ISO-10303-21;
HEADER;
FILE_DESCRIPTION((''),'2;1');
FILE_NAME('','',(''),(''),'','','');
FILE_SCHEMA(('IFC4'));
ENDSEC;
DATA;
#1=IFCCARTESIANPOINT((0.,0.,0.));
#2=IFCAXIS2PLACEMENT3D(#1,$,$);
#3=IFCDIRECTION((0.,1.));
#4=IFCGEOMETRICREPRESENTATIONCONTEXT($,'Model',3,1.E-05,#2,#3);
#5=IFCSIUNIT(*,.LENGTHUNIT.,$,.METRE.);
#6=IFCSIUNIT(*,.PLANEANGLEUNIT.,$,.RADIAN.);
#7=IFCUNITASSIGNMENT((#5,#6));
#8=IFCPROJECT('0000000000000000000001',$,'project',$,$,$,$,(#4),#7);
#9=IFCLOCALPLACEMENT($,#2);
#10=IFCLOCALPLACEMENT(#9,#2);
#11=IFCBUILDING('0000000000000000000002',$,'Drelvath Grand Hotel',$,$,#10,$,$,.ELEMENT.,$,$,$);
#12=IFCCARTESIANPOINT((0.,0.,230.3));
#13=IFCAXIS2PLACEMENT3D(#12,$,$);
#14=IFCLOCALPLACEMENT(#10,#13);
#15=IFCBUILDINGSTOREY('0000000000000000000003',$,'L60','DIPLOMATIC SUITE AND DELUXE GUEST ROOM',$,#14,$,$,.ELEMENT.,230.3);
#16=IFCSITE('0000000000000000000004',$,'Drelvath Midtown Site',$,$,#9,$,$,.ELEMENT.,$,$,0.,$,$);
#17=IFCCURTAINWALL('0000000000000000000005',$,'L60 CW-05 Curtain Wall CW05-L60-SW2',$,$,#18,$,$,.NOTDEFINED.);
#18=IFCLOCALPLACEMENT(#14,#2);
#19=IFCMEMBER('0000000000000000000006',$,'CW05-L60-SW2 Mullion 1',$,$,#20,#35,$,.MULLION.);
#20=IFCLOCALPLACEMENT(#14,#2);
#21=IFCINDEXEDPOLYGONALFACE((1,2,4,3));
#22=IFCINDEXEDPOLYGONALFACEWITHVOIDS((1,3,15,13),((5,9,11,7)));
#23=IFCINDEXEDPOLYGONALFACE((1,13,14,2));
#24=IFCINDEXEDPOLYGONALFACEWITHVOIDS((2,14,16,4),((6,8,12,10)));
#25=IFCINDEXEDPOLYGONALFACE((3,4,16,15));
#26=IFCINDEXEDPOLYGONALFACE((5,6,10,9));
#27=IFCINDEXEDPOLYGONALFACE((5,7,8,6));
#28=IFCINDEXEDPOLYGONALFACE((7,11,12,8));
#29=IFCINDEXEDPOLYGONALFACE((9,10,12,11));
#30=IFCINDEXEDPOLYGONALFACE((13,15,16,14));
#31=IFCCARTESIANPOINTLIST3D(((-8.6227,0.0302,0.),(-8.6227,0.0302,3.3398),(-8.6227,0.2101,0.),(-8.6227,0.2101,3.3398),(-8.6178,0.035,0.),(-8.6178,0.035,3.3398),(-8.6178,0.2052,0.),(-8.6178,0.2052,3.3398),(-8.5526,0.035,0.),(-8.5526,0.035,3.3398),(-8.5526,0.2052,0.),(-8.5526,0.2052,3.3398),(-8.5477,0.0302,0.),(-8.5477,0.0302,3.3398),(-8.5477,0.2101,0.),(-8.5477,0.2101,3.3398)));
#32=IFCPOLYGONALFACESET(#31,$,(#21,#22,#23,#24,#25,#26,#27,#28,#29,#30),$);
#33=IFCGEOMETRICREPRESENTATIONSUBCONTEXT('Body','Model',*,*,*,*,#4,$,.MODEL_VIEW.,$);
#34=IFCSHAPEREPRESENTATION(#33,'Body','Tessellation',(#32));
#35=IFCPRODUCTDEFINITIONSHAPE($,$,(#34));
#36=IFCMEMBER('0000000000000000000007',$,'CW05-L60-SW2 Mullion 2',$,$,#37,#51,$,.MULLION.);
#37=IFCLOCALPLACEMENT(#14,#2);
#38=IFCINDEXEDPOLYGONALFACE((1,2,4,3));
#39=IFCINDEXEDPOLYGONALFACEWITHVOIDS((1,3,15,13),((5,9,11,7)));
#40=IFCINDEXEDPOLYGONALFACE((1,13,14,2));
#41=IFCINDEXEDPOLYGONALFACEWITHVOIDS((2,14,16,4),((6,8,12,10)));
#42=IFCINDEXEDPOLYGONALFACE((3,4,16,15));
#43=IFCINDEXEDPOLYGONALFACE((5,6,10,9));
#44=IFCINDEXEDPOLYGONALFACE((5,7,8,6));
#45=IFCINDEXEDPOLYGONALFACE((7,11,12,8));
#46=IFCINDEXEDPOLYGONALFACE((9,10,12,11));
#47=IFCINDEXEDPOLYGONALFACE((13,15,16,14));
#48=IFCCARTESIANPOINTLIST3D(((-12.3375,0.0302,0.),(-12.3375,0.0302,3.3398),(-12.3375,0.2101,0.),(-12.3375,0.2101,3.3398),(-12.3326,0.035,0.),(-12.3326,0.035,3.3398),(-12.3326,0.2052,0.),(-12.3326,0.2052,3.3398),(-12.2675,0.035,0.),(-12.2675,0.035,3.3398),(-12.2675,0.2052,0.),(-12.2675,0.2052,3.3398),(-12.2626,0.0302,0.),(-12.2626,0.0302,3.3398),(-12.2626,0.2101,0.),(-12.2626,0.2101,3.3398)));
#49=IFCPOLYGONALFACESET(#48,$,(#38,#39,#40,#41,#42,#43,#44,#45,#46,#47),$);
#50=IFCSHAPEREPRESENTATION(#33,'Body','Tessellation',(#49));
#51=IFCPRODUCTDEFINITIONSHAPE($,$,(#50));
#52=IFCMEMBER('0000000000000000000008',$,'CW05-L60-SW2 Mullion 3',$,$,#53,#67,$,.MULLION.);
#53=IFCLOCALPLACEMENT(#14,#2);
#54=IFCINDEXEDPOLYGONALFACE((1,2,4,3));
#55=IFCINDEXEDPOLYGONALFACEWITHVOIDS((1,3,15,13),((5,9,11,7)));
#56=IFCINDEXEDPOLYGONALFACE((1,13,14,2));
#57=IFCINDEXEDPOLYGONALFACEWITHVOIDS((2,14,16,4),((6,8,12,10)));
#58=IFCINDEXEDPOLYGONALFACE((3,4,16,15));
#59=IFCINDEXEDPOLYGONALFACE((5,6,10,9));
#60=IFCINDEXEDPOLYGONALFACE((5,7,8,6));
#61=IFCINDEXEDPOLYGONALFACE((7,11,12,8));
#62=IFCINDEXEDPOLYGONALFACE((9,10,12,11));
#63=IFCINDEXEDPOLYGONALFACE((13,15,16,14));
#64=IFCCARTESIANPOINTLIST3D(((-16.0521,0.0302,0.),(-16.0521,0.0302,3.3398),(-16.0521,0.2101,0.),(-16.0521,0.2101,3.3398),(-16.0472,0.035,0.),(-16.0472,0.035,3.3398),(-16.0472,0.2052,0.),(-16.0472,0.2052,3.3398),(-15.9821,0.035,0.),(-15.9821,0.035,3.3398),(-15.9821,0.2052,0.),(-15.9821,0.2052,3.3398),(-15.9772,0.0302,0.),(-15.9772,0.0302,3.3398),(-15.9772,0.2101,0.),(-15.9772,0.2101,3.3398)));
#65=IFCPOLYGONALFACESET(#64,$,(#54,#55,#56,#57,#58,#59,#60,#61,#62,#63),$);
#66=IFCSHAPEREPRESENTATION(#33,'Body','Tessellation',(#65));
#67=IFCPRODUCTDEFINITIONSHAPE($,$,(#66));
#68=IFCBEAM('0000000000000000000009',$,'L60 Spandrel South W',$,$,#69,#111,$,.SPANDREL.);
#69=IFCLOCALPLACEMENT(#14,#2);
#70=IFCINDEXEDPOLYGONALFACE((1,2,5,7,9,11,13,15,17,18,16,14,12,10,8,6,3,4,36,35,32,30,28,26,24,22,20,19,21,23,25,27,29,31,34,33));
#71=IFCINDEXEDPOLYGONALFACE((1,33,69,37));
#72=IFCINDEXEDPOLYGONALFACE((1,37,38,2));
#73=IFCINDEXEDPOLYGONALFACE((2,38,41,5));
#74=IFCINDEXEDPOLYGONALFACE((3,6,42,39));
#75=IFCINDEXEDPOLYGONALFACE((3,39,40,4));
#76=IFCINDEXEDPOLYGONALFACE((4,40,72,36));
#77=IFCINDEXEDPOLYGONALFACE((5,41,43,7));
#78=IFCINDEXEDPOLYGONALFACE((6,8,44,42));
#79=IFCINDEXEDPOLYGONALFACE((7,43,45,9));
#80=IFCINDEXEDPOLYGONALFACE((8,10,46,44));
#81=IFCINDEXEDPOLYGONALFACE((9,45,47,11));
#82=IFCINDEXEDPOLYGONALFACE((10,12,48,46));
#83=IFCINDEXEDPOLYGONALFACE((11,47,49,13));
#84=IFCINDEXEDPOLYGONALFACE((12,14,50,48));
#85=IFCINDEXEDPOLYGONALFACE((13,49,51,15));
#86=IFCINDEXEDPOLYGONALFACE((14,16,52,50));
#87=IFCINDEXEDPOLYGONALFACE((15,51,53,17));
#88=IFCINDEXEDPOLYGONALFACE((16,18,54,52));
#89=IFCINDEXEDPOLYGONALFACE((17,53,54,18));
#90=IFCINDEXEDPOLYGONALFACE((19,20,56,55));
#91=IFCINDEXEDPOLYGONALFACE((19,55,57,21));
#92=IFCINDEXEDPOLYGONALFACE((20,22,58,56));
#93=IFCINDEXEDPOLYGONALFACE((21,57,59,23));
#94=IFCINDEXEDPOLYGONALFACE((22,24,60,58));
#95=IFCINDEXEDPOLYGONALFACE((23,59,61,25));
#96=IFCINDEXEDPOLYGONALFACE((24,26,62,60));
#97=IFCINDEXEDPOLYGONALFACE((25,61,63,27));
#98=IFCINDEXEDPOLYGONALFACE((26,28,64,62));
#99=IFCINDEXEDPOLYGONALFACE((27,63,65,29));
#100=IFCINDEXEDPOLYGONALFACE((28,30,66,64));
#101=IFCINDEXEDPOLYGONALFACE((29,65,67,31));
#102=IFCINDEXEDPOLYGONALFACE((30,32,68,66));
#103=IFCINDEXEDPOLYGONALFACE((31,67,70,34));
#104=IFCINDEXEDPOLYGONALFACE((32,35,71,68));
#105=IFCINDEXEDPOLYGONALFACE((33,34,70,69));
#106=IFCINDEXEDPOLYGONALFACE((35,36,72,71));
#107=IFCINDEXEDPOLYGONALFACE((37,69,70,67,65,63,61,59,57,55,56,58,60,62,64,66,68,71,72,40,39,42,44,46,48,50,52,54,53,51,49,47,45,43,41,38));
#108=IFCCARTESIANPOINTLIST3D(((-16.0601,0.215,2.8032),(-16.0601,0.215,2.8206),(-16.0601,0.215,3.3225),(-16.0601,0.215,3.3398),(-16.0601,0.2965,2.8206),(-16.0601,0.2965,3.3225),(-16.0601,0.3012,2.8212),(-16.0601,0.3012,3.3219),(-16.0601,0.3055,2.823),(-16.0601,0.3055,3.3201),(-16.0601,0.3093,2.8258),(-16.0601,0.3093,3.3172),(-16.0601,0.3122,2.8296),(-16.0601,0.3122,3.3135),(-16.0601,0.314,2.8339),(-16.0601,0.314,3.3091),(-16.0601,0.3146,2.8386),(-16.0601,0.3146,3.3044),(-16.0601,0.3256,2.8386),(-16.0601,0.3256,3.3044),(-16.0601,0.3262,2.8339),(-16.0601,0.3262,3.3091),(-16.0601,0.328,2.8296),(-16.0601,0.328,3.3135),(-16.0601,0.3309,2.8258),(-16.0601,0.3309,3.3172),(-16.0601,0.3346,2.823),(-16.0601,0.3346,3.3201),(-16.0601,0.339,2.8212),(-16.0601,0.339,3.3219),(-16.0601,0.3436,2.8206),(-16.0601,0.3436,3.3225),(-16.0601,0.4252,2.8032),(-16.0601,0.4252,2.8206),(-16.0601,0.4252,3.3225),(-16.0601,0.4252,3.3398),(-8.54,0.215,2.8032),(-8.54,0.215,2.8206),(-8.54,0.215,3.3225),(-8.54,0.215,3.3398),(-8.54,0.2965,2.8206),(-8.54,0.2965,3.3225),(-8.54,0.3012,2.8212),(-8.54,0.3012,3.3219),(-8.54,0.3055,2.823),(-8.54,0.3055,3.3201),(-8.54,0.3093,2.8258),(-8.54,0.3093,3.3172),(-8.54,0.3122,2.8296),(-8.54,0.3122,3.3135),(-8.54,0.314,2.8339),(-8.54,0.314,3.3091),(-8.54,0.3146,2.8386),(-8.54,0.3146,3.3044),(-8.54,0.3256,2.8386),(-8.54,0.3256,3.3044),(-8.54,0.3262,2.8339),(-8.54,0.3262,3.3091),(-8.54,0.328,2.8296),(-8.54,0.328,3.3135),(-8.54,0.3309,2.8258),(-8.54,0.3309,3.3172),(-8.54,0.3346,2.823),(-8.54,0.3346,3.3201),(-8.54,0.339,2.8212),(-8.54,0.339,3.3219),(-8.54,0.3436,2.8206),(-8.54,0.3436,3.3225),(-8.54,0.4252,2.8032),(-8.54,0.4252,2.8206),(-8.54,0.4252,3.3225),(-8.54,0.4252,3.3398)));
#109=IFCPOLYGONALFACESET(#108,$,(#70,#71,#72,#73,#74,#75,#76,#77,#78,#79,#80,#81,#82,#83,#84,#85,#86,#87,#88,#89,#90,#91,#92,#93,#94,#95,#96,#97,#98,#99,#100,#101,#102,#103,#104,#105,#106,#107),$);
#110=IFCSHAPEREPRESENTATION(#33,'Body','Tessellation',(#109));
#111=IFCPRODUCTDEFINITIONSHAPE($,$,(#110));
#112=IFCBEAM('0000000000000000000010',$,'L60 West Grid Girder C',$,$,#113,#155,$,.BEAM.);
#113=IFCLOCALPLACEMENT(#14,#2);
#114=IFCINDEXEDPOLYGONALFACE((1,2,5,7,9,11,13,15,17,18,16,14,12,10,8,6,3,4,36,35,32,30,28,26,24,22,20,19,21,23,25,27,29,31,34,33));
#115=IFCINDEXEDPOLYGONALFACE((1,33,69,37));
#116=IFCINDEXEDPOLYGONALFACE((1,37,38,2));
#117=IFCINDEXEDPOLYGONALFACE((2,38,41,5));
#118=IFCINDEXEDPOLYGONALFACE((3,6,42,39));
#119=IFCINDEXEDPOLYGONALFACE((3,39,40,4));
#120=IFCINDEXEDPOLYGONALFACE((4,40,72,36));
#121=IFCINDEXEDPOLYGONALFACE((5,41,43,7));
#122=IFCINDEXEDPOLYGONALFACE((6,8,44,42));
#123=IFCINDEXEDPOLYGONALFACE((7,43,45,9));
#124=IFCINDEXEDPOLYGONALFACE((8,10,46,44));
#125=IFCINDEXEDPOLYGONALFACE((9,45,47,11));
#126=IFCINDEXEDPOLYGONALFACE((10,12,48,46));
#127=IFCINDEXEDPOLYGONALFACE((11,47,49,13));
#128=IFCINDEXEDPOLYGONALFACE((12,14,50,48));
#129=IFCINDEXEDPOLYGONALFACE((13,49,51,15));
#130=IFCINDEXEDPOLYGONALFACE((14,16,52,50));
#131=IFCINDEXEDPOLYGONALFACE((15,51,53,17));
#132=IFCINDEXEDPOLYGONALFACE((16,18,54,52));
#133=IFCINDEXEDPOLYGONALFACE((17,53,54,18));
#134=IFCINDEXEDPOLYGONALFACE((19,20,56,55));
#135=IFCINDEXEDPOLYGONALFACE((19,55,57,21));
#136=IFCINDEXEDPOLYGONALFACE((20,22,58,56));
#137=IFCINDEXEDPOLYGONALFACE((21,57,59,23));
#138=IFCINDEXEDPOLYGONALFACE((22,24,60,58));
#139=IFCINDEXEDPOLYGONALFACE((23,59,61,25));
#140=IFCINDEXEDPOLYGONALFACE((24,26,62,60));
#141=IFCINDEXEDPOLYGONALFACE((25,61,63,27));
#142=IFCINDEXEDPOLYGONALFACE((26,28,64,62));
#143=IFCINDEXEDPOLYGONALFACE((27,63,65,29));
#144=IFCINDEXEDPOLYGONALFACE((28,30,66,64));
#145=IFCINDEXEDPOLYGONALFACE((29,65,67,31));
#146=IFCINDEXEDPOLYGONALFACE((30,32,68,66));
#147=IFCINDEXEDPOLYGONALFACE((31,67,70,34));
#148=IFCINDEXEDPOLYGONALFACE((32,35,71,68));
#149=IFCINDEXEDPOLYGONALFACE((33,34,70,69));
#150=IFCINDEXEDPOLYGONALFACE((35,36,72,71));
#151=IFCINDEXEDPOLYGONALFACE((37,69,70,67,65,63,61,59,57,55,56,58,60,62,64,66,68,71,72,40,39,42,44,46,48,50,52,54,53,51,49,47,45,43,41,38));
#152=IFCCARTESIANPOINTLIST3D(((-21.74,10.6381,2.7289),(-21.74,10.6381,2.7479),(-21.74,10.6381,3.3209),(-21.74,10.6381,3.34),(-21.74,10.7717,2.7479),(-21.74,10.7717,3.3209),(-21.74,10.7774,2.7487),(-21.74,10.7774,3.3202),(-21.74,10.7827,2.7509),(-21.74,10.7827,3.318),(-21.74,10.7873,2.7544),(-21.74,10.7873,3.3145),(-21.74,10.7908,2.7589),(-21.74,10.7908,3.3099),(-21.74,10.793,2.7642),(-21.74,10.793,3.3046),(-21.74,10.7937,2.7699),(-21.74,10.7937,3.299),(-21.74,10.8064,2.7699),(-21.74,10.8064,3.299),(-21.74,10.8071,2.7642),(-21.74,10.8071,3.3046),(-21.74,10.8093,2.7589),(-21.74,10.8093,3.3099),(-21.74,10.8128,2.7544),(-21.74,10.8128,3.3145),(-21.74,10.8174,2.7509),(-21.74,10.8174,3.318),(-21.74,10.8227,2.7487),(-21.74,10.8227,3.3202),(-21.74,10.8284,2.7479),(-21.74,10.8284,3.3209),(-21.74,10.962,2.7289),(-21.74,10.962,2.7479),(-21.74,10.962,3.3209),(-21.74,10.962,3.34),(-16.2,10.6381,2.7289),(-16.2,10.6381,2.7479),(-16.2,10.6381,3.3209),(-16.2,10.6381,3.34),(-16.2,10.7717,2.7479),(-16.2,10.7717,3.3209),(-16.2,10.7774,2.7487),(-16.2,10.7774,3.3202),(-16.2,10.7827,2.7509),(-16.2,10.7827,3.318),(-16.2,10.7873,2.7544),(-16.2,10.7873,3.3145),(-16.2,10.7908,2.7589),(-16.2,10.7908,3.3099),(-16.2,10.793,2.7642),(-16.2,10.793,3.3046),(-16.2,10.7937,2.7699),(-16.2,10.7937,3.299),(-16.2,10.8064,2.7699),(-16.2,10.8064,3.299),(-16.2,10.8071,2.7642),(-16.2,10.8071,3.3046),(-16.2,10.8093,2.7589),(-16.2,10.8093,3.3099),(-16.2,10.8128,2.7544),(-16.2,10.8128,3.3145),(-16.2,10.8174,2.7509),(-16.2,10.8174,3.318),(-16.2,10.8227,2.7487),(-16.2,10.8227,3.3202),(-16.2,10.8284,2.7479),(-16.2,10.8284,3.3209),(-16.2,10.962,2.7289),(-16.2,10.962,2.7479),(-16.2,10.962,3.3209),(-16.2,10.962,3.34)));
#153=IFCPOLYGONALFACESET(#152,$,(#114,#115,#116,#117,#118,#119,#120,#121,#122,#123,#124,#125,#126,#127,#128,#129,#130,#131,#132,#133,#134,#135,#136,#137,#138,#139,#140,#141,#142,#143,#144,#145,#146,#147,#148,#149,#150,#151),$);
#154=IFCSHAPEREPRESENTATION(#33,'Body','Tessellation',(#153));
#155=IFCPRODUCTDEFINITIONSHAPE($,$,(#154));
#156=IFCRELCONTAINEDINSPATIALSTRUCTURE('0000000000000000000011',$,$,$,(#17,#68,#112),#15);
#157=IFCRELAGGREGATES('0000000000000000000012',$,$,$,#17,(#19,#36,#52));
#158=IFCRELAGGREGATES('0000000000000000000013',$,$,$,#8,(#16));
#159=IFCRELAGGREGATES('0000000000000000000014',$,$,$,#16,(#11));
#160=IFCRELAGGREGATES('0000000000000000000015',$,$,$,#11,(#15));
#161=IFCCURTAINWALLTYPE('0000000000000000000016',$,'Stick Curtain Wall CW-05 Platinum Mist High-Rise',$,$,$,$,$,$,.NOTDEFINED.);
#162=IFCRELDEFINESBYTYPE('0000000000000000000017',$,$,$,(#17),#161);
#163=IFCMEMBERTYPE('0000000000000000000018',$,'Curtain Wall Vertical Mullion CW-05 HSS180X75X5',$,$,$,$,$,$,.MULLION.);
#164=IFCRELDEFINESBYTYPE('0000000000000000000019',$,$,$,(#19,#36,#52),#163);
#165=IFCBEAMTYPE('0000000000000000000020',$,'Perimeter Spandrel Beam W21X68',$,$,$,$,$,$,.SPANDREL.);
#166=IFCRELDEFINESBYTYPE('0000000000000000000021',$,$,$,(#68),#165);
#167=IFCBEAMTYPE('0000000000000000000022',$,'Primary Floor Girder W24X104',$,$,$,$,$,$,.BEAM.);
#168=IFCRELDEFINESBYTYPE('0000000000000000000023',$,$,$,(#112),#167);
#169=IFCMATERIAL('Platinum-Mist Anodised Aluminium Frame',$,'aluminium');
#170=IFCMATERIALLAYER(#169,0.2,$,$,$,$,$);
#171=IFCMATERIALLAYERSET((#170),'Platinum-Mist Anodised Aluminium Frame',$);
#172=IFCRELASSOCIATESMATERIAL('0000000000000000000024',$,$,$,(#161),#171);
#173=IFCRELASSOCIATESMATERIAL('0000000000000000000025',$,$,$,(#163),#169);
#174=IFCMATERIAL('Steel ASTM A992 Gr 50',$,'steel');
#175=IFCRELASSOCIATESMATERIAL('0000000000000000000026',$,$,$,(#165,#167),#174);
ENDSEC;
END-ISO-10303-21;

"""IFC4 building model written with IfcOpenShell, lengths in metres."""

from ifc_helpers import new_model, si_unit, direction, frame, origin, origin_2d, place, context, subcontext, project, spatial, hollow_rectangle, i_section, extrude, material, layer, layer_set, material_profile, profile_set, type_object, element, aggregate, save


model = new_model("IFC4")

# Units and contexts
model_context = context("Model", 3, precision=1e-05, world=origin(), true_north=direction((0.0, 1.0)))
body_context = subcontext(model_context, "Body", "Model", "MODEL_VIEW")
ifc_project = project(units=[si_unit("LENGTHUNIT", "METRE"), si_unit("PLANEANGLEUNIT", "RADIAN")], contexts=[model_context])

# Site, building, storey
site_placement = place(None, origin())
site = spatial("IfcSite", under=ifc_project, at=site_placement, Name="Drelvath Midtown Site", CompositionType="ELEMENT", RefElevation=0.0)
building_placement = place(site_placement, origin())
building = spatial("IfcBuilding", under=site, at=building_placement, Name="Drelvath Grand Hotel", CompositionType="ELEMENT")
storey_placement = place(building_placement, frame((0.0, 0.0, 230.3)))
storey = spatial("IfcBuildingStorey", under=building, at=storey_placement, Name="L60", Description="DIPLOMATIC SUITE AND DELUXE GUEST ROOM", CompositionType="ELEMENT", Elevation=230.3)

# Curtain wall
ifc_material_1 = material(Name="Platinum-Mist Anodised Aluminium Frame", Category="aluminium")
ifc_layer_1 = layer(ifc_material_1, 0.2)
ifc_layer_set_1 = layer_set([ifc_layer_1], Name="Platinum-Mist Anodised Aluminium Frame")
curtain_wall_type = type_object("IfcCurtainWallType", Name="Stick Curtain Wall CW-05 Platinum Mist High-Rise", PredefinedType="NOTDEFINED", material=ifc_layer_set_1)
curtain_wall_1_placement = place(storey_placement, origin())
curtain_wall_1 = element("IfcCurtainWall", 1, at=curtain_wall_1_placement, inside=storey, type_object=curtain_wall_type, Name="L60 CW-05 Curtain Wall CW05-L60-SW2", PredefinedType="NOTDEFINED")

# Members
ifc_material_profile_1 = material_profile(ifc_material_1, hollow_rectangle(XDim=0.075, YDim=0.1799, WallThickness=0.0049, at=origin_2d()), Name="HSS180X75X5")
ifc_profile_set_1 = profile_set([ifc_material_profile_1], Name="Platinum-Mist Anodised Aluminium Frame")
member_type_1 = type_object("IfcMemberType", Name="Curtain Wall Vertical Mullion CW-05 HSS180X75X5", PredefinedType="MULLION", material=ifc_profile_set_1)
member_1_placement = place(storey_placement, frame((-8.5852, 0.1201, 0.0), z_axis=(0.0, 0.0, 1.0), x_axis=(1.0, 0.0, 0.0)))
member_1 = element("IfcMember", 2, at=member_1_placement, type_object=member_type_1, Name="CW05-L60-SW2 Mullion 1", PredefinedType="MULLION", context=body_context, shape_type="SweptSolid", body=[
    extrude(hollow_rectangle(XDim=0.075, YDim=0.1799, WallThickness=0.0049, at=origin_2d()), origin(), (0.0, 0.0, 1.0), 3.3398),
])
member_2_placement = place(storey_placement, frame((-12.3, 0.1201, 0.0), z_axis=(0.0, 0.0, 1.0), x_axis=(1.0, 0.0, 0.0)))
member_2 = element("IfcMember", 3, at=member_2_placement, type_object=member_type_1, Name="CW05-L60-SW2 Mullion 2", PredefinedType="MULLION", context=body_context, shape_type="SweptSolid", body=[
    extrude(hollow_rectangle(XDim=0.075, YDim=0.1799, WallThickness=0.0049, at=origin_2d()), origin(), (0.0, 0.0, 1.0), 3.3398),
])
member_3_placement = place(storey_placement, frame((-16.0146, 0.1201, 0.0), z_axis=(0.0, 0.0, 1.0), x_axis=(1.0, 0.0, 0.0)))
member_3 = element("IfcMember", 4, at=member_3_placement, type_object=member_type_1, Name="CW05-L60-SW2 Mullion 3", PredefinedType="MULLION", context=body_context, shape_type="SweptSolid", body=[
    extrude(hollow_rectangle(XDim=0.075, YDim=0.1799, WallThickness=0.0049, at=origin_2d()), origin(), (0.0, 0.0, 1.0), 3.3398),
])

# Beams
ifc_material_2 = material(Name="Steel ASTM A992 Gr 50", Category="steel")
ifc_material_profile_2 = material_profile(ifc_material_2, i_section(OverallWidth=0.2102, OverallDepth=0.5366, WebThickness=0.011, FlangeThickness=0.0173, FilletRadius=0.0181, at=origin_2d()), Name="W21X68")
ifc_profile_set_2 = profile_set([ifc_material_profile_2], Name="Steel ASTM A992 Gr 50")
beam_type_1 = type_object("IfcBeamType", Name="Perimeter Spandrel Beam W21X68", PredefinedType="SPANDREL", material=ifc_profile_set_2)
beam_1_placement = place(storey_placement, frame((-16.0601, 0.3201, 3.0715), z_axis=(1.0, 0.0, 0.0), x_axis=(0.0, 1.0, 0.0)))
element("IfcBeam", 5, at=beam_1_placement, inside=storey, type_object=beam_type_1, Name="L60 Spandrel South W", PredefinedType="SPANDREL", context=body_context, shape_type="SweptSolid", body=[
    extrude(i_section(OverallWidth=0.2102, OverallDepth=0.5366, WebThickness=0.011, FlangeThickness=0.0173, FilletRadius=0.0181, at=origin_2d()), origin(), (0.0, 0.0, 1.0), 7.52),
])
ifc_material_profile_3 = material_profile(ifc_material_2, i_section(OverallWidth=0.324, OverallDepth=0.6111, WebThickness=0.0127, FlangeThickness=0.019, FilletRadius=0.022, at=origin_2d()), Name="W24X104")
ifc_profile_set_3 = profile_set([ifc_material_profile_3], Name="Steel ASTM A992 Gr 50")
beam_type_2 = type_object("IfcBeamType", Name="Primary Floor Girder W24X104", PredefinedType="BEAM", material=ifc_profile_set_3)
beam_2_placement = place(storey_placement, frame((-21.74, 10.8, 3.0344), z_axis=(1.0, 0.0, 0.0), x_axis=(0.0, 1.0, 0.0)))
element("IfcBeam", 6, at=beam_2_placement, inside=storey, type_object=beam_type_2, Name="L60 West Grid Girder C", PredefinedType="BEAM", context=body_context, shape_type="SweptSolid", body=[
    extrude(i_section(OverallWidth=0.324, OverallDepth=0.6111, WebThickness=0.0127, FlangeThickness=0.019, FilletRadius=0.022, at=origin_2d()), origin(), (0.0, 0.0, 1.0), 5.54),
])

aggregate(curtain_wall_1, [member_1, member_2, member_3])

save(model, "model.ifc")
